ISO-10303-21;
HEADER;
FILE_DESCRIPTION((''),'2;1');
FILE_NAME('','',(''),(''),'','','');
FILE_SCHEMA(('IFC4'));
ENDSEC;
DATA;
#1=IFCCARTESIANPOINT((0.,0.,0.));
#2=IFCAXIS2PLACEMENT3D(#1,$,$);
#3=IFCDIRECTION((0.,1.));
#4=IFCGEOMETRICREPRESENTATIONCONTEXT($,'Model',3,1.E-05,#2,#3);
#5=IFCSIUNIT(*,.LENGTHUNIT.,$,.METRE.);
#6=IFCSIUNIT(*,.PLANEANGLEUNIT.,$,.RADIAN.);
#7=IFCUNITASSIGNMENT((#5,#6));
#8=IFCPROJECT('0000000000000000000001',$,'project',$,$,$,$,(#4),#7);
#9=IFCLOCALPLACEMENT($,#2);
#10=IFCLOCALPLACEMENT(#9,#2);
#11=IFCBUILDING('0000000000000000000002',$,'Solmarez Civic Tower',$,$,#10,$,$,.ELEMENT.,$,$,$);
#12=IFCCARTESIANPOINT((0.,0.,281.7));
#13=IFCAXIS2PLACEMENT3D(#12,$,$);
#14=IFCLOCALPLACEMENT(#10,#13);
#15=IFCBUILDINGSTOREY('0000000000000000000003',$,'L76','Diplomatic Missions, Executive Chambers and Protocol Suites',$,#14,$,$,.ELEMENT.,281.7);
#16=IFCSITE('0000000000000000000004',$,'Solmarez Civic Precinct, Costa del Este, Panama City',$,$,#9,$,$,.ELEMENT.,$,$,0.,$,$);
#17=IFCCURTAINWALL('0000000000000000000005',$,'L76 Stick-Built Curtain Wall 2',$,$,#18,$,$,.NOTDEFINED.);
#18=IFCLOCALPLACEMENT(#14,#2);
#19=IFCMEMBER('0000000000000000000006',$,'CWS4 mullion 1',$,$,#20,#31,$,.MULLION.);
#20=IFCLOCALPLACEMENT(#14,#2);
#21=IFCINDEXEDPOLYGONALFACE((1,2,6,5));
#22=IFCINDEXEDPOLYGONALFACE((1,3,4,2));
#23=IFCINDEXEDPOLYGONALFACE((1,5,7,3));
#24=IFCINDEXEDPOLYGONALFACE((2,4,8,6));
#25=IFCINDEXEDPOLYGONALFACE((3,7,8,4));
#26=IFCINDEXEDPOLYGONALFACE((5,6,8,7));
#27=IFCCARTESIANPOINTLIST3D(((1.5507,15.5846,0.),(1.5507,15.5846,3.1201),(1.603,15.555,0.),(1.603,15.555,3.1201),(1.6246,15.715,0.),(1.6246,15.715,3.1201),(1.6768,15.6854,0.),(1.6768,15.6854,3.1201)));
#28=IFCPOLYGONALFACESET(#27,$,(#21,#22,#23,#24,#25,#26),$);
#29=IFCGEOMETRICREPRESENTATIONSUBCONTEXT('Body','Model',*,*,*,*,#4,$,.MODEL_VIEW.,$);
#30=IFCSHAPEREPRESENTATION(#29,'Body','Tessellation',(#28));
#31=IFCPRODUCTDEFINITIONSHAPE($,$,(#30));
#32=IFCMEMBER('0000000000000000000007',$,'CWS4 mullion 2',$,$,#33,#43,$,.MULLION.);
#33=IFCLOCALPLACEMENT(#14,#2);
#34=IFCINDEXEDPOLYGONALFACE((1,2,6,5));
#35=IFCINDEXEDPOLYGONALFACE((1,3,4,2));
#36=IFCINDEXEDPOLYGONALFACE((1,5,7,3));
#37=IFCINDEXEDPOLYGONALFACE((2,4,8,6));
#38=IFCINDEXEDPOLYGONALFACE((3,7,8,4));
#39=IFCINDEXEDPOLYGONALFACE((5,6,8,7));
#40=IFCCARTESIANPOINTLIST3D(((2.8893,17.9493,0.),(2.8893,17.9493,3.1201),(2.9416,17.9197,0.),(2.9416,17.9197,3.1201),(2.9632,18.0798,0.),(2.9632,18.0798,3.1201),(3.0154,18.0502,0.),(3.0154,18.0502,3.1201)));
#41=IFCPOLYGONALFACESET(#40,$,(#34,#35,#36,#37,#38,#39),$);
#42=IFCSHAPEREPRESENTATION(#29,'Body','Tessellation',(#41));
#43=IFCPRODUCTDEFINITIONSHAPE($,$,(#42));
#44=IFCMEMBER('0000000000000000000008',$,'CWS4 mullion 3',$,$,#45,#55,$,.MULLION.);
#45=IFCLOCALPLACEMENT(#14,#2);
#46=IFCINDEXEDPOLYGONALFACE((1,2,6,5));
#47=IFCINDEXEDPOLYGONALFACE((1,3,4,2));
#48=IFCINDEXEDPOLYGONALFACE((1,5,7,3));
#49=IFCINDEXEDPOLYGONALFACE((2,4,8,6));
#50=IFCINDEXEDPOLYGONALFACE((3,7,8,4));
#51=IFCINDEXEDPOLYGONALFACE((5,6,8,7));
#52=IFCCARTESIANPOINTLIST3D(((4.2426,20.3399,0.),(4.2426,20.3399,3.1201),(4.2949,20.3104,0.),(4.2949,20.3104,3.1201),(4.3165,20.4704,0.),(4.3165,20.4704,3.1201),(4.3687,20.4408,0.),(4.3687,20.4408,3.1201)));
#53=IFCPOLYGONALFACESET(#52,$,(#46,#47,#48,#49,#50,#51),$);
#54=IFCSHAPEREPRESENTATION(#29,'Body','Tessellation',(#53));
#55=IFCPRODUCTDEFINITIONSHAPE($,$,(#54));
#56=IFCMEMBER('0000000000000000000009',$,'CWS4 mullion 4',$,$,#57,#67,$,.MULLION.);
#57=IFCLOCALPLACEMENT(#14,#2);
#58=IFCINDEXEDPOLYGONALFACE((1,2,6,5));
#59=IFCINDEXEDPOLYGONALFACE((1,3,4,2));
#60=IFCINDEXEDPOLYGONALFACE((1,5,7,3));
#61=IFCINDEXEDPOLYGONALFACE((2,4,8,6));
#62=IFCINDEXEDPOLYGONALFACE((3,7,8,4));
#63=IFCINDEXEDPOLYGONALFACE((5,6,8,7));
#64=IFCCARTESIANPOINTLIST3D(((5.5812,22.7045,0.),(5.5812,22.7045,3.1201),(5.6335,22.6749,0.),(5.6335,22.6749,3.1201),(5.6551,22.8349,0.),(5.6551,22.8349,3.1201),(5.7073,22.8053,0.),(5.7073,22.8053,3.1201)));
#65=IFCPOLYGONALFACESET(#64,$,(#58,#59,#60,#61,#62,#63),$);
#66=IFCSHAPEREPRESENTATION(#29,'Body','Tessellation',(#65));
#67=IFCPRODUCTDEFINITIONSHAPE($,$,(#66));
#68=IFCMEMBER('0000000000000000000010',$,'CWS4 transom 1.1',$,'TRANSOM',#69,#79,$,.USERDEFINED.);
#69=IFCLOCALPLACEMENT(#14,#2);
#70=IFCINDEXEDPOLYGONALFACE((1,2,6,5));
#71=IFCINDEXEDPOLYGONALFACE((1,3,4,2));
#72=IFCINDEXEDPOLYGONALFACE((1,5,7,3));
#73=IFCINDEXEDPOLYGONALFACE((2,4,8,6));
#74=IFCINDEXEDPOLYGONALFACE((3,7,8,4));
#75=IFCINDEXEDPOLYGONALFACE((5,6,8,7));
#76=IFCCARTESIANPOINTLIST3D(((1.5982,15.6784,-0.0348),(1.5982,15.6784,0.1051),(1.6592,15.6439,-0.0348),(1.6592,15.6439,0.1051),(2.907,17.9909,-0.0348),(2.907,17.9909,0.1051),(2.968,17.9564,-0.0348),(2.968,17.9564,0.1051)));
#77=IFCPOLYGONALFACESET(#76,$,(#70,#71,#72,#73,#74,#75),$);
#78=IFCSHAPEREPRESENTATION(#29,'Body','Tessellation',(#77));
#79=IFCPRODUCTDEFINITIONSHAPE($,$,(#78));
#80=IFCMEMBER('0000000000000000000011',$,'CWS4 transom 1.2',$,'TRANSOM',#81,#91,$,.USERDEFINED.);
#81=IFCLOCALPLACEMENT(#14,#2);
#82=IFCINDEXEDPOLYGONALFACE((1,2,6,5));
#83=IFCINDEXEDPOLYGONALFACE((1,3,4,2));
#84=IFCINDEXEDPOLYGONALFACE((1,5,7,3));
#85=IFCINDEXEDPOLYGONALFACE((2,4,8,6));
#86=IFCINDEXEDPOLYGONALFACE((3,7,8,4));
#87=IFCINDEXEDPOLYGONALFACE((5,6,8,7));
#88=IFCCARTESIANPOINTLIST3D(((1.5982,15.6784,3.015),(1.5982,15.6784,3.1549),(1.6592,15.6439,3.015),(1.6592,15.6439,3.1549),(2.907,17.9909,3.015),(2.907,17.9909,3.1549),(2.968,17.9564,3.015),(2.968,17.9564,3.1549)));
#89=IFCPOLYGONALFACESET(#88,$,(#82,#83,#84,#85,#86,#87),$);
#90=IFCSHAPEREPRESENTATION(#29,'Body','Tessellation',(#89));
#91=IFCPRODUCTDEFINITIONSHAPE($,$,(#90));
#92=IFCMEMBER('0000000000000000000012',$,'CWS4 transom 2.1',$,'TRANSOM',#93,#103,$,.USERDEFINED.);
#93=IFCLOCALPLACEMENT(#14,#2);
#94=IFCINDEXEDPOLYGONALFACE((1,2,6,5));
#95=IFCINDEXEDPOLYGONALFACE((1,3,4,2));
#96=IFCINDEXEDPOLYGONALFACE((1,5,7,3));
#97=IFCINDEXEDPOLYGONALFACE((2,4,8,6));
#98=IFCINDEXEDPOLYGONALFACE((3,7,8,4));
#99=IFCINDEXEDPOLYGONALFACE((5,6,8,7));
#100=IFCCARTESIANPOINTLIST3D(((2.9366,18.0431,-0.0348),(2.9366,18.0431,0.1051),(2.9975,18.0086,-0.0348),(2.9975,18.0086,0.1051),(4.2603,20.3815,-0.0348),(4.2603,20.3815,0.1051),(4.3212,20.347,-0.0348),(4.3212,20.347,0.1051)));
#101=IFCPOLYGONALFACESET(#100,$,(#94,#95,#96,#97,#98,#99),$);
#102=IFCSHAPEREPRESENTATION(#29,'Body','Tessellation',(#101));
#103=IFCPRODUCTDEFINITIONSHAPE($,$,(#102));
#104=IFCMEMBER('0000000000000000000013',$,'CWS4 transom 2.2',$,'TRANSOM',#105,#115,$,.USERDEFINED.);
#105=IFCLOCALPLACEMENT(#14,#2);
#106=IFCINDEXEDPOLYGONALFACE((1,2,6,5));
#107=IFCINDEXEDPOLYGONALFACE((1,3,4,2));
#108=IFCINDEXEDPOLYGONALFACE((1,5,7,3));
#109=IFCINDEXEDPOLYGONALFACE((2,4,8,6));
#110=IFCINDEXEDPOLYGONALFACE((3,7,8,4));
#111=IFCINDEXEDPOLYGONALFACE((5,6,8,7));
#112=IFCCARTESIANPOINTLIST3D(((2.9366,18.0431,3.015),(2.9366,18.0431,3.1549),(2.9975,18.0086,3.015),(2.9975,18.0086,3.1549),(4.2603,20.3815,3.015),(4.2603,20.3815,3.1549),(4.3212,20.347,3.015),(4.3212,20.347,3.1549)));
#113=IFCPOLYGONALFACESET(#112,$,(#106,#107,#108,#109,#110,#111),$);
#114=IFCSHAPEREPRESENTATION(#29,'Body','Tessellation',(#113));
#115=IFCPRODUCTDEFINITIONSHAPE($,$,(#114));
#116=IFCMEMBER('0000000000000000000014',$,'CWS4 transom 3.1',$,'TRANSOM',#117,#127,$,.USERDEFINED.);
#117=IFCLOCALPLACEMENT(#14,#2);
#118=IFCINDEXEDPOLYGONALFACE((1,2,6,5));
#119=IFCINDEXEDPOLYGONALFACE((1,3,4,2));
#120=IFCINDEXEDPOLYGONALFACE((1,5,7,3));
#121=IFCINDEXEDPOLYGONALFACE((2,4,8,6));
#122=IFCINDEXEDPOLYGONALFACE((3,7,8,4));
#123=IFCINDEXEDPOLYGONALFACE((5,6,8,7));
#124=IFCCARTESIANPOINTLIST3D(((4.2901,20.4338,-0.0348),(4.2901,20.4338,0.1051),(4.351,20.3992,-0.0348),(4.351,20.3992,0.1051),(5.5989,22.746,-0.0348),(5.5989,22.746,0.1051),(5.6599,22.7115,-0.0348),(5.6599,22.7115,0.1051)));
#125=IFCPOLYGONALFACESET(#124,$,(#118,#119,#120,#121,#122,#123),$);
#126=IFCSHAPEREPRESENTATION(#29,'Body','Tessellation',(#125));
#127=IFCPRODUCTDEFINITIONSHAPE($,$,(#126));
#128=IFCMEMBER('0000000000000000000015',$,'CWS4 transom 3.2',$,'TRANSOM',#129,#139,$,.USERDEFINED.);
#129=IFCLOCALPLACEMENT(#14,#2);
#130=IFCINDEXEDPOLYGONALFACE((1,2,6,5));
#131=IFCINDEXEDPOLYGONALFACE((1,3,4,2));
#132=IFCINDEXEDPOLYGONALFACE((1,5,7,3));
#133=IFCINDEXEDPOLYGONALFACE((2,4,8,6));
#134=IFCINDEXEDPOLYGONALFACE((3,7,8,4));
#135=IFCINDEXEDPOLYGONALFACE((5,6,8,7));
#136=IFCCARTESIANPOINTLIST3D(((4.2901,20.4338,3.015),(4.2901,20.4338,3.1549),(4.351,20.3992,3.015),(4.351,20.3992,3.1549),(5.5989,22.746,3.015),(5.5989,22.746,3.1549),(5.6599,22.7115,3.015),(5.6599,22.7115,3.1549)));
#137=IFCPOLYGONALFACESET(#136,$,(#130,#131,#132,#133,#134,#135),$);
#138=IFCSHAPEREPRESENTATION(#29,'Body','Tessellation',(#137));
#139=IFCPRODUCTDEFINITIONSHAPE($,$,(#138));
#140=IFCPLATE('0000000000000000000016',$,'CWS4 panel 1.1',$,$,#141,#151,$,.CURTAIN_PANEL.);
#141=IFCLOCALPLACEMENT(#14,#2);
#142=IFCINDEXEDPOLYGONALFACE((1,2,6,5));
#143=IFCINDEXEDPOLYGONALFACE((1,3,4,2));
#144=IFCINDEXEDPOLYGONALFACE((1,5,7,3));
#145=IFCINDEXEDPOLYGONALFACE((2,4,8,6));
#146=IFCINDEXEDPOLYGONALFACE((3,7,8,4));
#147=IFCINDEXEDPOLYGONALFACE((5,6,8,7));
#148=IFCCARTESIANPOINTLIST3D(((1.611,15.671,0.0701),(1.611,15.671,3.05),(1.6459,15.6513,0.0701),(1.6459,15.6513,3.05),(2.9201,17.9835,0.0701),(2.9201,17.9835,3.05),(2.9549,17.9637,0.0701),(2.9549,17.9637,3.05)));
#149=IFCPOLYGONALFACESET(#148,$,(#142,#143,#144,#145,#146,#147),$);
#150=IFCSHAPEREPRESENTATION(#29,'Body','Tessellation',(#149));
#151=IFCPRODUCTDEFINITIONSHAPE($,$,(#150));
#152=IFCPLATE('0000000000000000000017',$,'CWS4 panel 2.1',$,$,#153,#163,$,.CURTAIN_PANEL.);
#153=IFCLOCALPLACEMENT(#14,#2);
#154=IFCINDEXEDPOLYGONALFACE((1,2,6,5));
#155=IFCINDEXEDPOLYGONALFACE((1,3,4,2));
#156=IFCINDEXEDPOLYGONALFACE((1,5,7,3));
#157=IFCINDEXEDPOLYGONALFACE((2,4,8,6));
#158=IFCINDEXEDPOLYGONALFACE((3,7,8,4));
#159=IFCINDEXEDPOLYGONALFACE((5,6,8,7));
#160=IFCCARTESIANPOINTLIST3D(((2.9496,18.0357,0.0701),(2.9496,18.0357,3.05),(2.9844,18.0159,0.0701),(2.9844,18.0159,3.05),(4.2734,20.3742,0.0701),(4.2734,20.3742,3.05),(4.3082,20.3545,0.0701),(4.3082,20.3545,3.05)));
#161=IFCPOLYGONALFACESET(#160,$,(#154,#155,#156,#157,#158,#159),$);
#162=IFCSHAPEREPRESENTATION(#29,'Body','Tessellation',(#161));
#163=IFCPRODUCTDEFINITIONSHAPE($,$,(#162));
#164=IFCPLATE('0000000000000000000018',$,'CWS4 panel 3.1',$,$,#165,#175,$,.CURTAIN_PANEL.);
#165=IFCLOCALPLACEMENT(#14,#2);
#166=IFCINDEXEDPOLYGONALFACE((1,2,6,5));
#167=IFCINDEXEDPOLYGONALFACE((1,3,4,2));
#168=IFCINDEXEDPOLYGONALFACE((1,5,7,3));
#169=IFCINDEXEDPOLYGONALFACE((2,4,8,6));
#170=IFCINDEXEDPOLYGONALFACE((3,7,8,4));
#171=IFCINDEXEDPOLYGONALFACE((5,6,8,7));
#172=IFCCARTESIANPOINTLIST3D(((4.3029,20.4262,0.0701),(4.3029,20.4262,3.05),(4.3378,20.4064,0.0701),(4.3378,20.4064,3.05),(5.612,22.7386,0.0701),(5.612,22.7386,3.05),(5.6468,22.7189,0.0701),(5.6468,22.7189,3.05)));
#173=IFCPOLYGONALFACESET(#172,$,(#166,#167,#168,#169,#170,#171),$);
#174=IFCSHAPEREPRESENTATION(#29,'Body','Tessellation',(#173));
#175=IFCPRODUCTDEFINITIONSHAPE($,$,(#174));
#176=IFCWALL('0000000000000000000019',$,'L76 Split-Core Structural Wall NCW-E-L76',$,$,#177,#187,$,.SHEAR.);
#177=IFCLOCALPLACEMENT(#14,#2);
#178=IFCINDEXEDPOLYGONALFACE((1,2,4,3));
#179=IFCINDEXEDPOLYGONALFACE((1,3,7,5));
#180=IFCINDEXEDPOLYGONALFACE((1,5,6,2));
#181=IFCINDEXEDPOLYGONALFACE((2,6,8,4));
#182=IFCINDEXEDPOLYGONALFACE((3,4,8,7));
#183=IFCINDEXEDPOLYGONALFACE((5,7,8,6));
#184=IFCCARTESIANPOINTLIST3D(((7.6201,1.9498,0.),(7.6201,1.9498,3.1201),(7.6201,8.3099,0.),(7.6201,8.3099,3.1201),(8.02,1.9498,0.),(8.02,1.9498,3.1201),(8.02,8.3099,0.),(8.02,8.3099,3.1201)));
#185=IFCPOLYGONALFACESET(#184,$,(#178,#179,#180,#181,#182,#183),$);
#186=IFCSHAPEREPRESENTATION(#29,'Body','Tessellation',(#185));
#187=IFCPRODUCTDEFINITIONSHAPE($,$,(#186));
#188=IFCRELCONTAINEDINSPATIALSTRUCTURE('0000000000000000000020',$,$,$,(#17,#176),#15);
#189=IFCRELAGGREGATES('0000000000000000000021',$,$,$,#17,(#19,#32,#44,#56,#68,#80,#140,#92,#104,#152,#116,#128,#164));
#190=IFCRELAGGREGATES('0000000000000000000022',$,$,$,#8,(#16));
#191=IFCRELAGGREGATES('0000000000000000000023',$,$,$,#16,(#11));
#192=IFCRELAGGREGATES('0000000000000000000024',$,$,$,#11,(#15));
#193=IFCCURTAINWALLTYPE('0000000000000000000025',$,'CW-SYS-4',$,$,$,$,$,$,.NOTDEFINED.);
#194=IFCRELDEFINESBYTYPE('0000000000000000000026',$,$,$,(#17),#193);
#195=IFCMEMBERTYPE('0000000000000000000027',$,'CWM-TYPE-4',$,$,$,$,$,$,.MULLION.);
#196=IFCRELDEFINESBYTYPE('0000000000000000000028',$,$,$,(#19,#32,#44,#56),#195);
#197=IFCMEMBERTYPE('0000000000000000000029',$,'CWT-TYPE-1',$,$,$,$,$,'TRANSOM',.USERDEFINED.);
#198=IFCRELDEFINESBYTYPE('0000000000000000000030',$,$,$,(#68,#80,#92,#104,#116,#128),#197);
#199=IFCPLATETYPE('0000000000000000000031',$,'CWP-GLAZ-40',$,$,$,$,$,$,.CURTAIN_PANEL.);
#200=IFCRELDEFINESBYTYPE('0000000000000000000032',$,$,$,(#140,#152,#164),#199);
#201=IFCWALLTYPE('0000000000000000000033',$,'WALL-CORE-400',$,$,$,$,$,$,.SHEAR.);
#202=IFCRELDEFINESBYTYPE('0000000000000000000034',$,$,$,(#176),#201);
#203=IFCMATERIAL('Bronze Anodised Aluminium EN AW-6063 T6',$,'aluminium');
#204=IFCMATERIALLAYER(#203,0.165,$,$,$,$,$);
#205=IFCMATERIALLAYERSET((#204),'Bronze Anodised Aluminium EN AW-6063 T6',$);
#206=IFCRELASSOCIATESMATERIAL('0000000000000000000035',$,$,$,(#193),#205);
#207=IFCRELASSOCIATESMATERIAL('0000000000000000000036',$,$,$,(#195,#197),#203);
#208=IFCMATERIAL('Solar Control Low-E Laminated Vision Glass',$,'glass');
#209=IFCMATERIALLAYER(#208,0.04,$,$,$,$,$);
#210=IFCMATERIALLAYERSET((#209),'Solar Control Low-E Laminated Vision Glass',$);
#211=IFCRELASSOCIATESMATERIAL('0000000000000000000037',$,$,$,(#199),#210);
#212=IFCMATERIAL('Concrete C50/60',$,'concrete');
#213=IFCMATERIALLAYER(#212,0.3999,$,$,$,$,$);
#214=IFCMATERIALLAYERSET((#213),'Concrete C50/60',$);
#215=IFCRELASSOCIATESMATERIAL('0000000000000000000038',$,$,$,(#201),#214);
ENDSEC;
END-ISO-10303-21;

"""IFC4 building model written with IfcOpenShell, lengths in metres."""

from ifc_helpers import new_model, si_unit, direction, frame, frame_2d, origin, origin_2d, place, context, subcontext, project, spatial, rectangle, extrude, material, layer, layer_set, material_profile, profile_set, type_object, element, aggregate, save


model = new_model("IFC4")

# Units and contexts
model_context = context("Model", 3, precision=1e-05, world=origin(), true_north=direction((0.0, 1.0)))
body_context = subcontext(model_context, "Body", "Model", "MODEL_VIEW")
ifc_project = project(units=[si_unit("LENGTHUNIT", "METRE"), si_unit("PLANEANGLEUNIT", "RADIAN")], contexts=[model_context])

# Site, building, storey
site_placement = place(None, origin())
site = spatial("IfcSite", under=ifc_project, at=site_placement, Name="Solmarez Civic Precinct, Costa del Este, Panama City", CompositionType="ELEMENT", RefElevation=0.0)
building_placement = place(site_placement, origin())
building = spatial("IfcBuilding", under=site, at=building_placement, Name="Solmarez Civic Tower", CompositionType="ELEMENT")
storey_placement = place(building_placement, frame((0.0, 0.0, 281.7)))
storey = spatial("IfcBuildingStorey", under=building, at=storey_placement, Name="L76", Description="Diplomatic Missions, Executive Chambers and Protocol Suites", CompositionType="ELEMENT", Elevation=281.7)

# Curtain wall, members, plates
ifc_material_1 = material(Name="Bronze Anodised Aluminium EN AW-6063 T6", Category="aluminium")
ifc_layer_1 = layer(ifc_material_1, 0.165)
ifc_layer_set_1 = layer_set([ifc_layer_1], Name="Bronze Anodised Aluminium EN AW-6063 T6")
curtain_wall_type = type_object("IfcCurtainWallType", Name="CW-SYS-4", PredefinedType="NOTDEFINED", material=ifc_layer_set_1)
curtain_wall_placement = place(storey_placement, origin())
curtain_wall = element("IfcCurtainWall", 1, at=curtain_wall_placement, inside=storey, type_object=curtain_wall_type, Name="L76 Stick-Built Curtain Wall 2", PredefinedType="NOTDEFINED")
ifc_material_profile_1 = material_profile(ifc_material_1, rectangle(XDim=0.0601, YDim=0.1499, at=origin_2d()), Name="CWM-60X150")
ifc_profile_set_1 = profile_set([ifc_material_profile_1], Name="Bronze Anodised Aluminium EN AW-6063 T6")
member_type_1 = type_object("IfcMemberType", Name="CWM-TYPE-4", PredefinedType="MULLION", material=ifc_profile_set_1)
member_1_placement = place(storey_placement, frame((1.6138, 15.635, 0.0), z_axis=(0.0, 0.0, 1.0), x_axis=(-0.870237, 0.492633, 0.0)))
member_1 = element("IfcMember", 2, at=member_1_placement, type_object=member_type_1, Name="CWS4 mullion 1", PredefinedType="MULLION", context=body_context, shape_type="SweptSolid", body=[
    extrude(rectangle(XDim=0.0601, YDim=0.1499, at=origin_2d()), origin(), (0.0, 0.0, 1.0), 3.1201),
])
member_2_placement = place(storey_placement, frame((2.9524, 17.9998, 0.0), z_axis=(0.0, 0.0, 1.0), x_axis=(-0.870237, 0.492633, 0.0)))
member_2 = element("IfcMember", 3, at=member_2_placement, type_object=member_type_1, Name="CWS4 mullion 2", PredefinedType="MULLION", context=body_context, shape_type="SweptSolid", body=[
    extrude(rectangle(XDim=0.0601, YDim=0.1499, at=origin_2d()), origin(), (0.0, 0.0, 1.0), 3.1201),
])
member_3_placement = place(storey_placement, frame((4.3057, 20.3904, 0.0), z_axis=(0.0, 0.0, 1.0), x_axis=(-0.870237, 0.492633, 0.0)))
member_3 = element("IfcMember", 4, at=member_3_placement, type_object=member_type_1, Name="CWS4 mullion 3", PredefinedType="MULLION", context=body_context, shape_type="SweptSolid", body=[
    extrude(rectangle(XDim=0.0601, YDim=0.1499, at=origin_2d()), origin(), (0.0, 0.0, 1.0), 3.1201),
])
member_4_placement = place(storey_placement, frame((5.6443, 22.7549, 0.0), z_axis=(0.0, 0.0, 1.0), x_axis=(-0.870237, 0.492633, 0.0)))
member_4 = element("IfcMember", 5, at=member_4_placement, type_object=member_type_1, Name="CWS4 mullion 4", PredefinedType="MULLION", context=body_context, shape_type="SweptSolid", body=[
    extrude(rectangle(XDim=0.0601, YDim=0.1499, at=origin_2d()), origin(), (0.0, 0.0, 1.0), 3.1201),
])
ifc_material_profile_2 = material_profile(ifc_material_1, rectangle(XDim=0.0701, YDim=0.1399, at=origin_2d()), Name="CWT-70X140")
ifc_profile_set_2 = profile_set([ifc_material_profile_2], Name="Bronze Anodised Aluminium EN AW-6063 T6")
member_type_2 = type_object("IfcMemberType", Name="CWT-TYPE-1", ElementType="TRANSOM", PredefinedType="USERDEFINED", material=ifc_profile_set_2)
member_5_placement = place(storey_placement, frame((1.6287, 15.6611, 0.0352), z_axis=(0.492563, 0.870277, 0.0), x_axis=(-0.870277, 0.492563, 0.0)))
member_5 = element("IfcMember", 6, at=member_5_placement, type_object=member_type_2, Name="CWS4 transom 1.1", ObjectType="TRANSOM", PredefinedType="USERDEFINED", context=body_context, shape_type="SweptSolid", body=[
    extrude(rectangle(XDim=0.0701, YDim=0.1399, at=origin_2d()), origin(), (0.0, 0.0, 1.0), 2.6572),
])
member_6_placement = place(storey_placement, frame((1.6287, 15.6611, 3.085), z_axis=(0.492563, 0.870277, 0.0), x_axis=(-0.870277, 0.492563, 0.0)))
member_6 = element("IfcMember", 7, at=member_6_placement, type_object=member_type_2, Name="CWS4 transom 1.2", ObjectType="TRANSOM", PredefinedType="USERDEFINED", context=body_context, shape_type="SweptSolid", body=[
    extrude(rectangle(XDim=0.0701, YDim=0.1399, at=origin_2d()), origin(), (0.0, 0.0, 1.0), 2.6572),
])
member_7_placement = place(storey_placement, frame((2.967, 18.0259, 0.0352), z_axis=(0.492632, 0.870238, 0.0), x_axis=(-0.870238, 0.492632, 0.0)))
member_7 = element("IfcMember", 8, at=member_7_placement, type_object=member_type_2, Name="CWS4 transom 2.1", ObjectType="TRANSOM", PredefinedType="USERDEFINED", context=body_context, shape_type="SweptSolid", body=[
    extrude(rectangle(XDim=0.0701, YDim=0.1399, at=origin_2d()), origin(), (0.0, 0.0, 1.0), 2.687),
])
member_8_placement = place(storey_placement, frame((2.967, 18.0259, 3.085), z_axis=(0.492632, 0.870238, 0.0), x_axis=(-0.870238, 0.492632, 0.0)))
member_8 = element("IfcMember", 9, at=member_8_placement, type_object=member_type_2, Name="CWS4 transom 2.2", ObjectType="TRANSOM", PredefinedType="USERDEFINED", context=body_context, shape_type="SweptSolid", body=[
    extrude(rectangle(XDim=0.0701, YDim=0.1399, at=origin_2d()), origin(), (0.0, 0.0, 1.0), 2.687),
])
member_9_placement = place(storey_placement, frame((4.3206, 20.4165, 0.0352), z_axis=(0.492602, 0.870255, 0.0), x_axis=(-0.870255, 0.492602, 0.0)))
member_9 = element("IfcMember", 10, at=member_9_placement, type_object=member_type_2, Name="CWS4 transom 3.1", ObjectType="TRANSOM", PredefinedType="USERDEFINED", context=body_context, shape_type="SweptSolid", body=[
    extrude(rectangle(XDim=0.0701, YDim=0.1399, at=origin_2d()), origin(), (0.0, 0.0, 1.0), 2.657),
])
member_10_placement = place(storey_placement, frame((4.3206, 20.4165, 3.085), z_axis=(0.492602, 0.870255, 0.0), x_axis=(-0.870255, 0.492602, 0.0)))
member_10 = element("IfcMember", 11, at=member_10_placement, type_object=member_type_2, Name="CWS4 transom 3.2", ObjectType="TRANSOM", PredefinedType="USERDEFINED", context=body_context, shape_type="SweptSolid", body=[
    extrude(rectangle(XDim=0.0701, YDim=0.1399, at=origin_2d()), origin(), (0.0, 0.0, 1.0), 2.657),
])
ifc_material_2 = material(Name="Solar Control Low-E Laminated Vision Glass", Category="glass")
ifc_layer_2 = layer(ifc_material_2, 0.04)
ifc_layer_set_2 = layer_set([ifc_layer_2], Name="Solar Control Low-E Laminated Vision Glass")
plate_type = type_object("IfcPlateType", Name="CWP-GLAZ-40", PredefinedType="CURTAIN_PANEL", material=ifc_layer_set_2)
plate_1_placement = place(storey_placement, frame((2.283, 16.8174, 0.0701), z_axis=(0.0, 0.0, 1.0), x_axis=(0.492633, 0.870237, 0.0)))
plate_1 = element("IfcPlate", 12, at=plate_1_placement, type_object=plate_type, Name="CWS4 panel 1.1", PredefinedType="CURTAIN_PANEL", context=body_context, shape_type="SweptSolid", body=[
    extrude(rectangle(XDim=2.6572, YDim=0.04, at=origin_2d()), origin(), (0.0, 0.0, 1.0), 2.98),
])
plate_2_placement = place(storey_placement, frame((3.6289, 19.1951, 0.0701), z_axis=(0.0, 0.0, 1.0), x_axis=(0.492633, 0.870237, 0.0)))
plate_2 = element("IfcPlate", 13, at=plate_2_placement, type_object=plate_type, Name="CWS4 panel 2.1", PredefinedType="CURTAIN_PANEL", context=body_context, shape_type="SweptSolid", body=[
    extrude(rectangle(XDim=2.6873, YDim=0.04, at=origin_2d()), origin(), (0.0, 0.0, 1.0), 2.98),
])
plate_3_placement = place(storey_placement, frame((4.9749, 21.5725, 0.0701), z_axis=(0.0, 0.0, 1.0), x_axis=(0.492633, 0.870237, 0.0)))
plate_3 = element("IfcPlate", 14, at=plate_3_placement, type_object=plate_type, Name="CWS4 panel 3.1", PredefinedType="CURTAIN_PANEL", context=body_context, shape_type="SweptSolid", body=[
    extrude(rectangle(XDim=2.6572, YDim=0.04, at=origin_2d()), origin(), (0.0, 0.0, 1.0), 2.98),
])
aggregate(curtain_wall, [member_1, member_2, member_3, member_4, member_5, member_6, plate_1, member_7, member_8, plate_2, member_9, member_10, plate_3])

# Wall
ifc_material_3 = material(Name="Concrete C50/60", Category="concrete")
ifc_layer_3 = layer(ifc_material_3, 0.3999)
ifc_layer_set_3 = layer_set([ifc_layer_3], Name="Concrete C50/60")
wall_type_1 = type_object("IfcWallType", Name="WALL-CORE-400", PredefinedType="SHEAR", material=ifc_layer_set_3)
wall_1_placement = place(storey_placement, frame((7.8201, 8.3101, 0.0), z_axis=(0.0, 0.0, 1.0), x_axis=(0.0, -1.0, 0.0)))
element("IfcWall", 15, at=wall_1_placement, inside=storey, type_object=wall_type_1, Name="L76 Split-Core Structural Wall NCW-E-L76", PredefinedType="SHEAR", context=body_context, shape_type="SweptSolid", body=[
    extrude(rectangle(XDim=6.3601, YDim=0.3999, at=frame_2d((3.1802, 0.0))), origin(), (0.0, 0.0, 1.0), 3.1201),
])

save(model, "model.ifc")
